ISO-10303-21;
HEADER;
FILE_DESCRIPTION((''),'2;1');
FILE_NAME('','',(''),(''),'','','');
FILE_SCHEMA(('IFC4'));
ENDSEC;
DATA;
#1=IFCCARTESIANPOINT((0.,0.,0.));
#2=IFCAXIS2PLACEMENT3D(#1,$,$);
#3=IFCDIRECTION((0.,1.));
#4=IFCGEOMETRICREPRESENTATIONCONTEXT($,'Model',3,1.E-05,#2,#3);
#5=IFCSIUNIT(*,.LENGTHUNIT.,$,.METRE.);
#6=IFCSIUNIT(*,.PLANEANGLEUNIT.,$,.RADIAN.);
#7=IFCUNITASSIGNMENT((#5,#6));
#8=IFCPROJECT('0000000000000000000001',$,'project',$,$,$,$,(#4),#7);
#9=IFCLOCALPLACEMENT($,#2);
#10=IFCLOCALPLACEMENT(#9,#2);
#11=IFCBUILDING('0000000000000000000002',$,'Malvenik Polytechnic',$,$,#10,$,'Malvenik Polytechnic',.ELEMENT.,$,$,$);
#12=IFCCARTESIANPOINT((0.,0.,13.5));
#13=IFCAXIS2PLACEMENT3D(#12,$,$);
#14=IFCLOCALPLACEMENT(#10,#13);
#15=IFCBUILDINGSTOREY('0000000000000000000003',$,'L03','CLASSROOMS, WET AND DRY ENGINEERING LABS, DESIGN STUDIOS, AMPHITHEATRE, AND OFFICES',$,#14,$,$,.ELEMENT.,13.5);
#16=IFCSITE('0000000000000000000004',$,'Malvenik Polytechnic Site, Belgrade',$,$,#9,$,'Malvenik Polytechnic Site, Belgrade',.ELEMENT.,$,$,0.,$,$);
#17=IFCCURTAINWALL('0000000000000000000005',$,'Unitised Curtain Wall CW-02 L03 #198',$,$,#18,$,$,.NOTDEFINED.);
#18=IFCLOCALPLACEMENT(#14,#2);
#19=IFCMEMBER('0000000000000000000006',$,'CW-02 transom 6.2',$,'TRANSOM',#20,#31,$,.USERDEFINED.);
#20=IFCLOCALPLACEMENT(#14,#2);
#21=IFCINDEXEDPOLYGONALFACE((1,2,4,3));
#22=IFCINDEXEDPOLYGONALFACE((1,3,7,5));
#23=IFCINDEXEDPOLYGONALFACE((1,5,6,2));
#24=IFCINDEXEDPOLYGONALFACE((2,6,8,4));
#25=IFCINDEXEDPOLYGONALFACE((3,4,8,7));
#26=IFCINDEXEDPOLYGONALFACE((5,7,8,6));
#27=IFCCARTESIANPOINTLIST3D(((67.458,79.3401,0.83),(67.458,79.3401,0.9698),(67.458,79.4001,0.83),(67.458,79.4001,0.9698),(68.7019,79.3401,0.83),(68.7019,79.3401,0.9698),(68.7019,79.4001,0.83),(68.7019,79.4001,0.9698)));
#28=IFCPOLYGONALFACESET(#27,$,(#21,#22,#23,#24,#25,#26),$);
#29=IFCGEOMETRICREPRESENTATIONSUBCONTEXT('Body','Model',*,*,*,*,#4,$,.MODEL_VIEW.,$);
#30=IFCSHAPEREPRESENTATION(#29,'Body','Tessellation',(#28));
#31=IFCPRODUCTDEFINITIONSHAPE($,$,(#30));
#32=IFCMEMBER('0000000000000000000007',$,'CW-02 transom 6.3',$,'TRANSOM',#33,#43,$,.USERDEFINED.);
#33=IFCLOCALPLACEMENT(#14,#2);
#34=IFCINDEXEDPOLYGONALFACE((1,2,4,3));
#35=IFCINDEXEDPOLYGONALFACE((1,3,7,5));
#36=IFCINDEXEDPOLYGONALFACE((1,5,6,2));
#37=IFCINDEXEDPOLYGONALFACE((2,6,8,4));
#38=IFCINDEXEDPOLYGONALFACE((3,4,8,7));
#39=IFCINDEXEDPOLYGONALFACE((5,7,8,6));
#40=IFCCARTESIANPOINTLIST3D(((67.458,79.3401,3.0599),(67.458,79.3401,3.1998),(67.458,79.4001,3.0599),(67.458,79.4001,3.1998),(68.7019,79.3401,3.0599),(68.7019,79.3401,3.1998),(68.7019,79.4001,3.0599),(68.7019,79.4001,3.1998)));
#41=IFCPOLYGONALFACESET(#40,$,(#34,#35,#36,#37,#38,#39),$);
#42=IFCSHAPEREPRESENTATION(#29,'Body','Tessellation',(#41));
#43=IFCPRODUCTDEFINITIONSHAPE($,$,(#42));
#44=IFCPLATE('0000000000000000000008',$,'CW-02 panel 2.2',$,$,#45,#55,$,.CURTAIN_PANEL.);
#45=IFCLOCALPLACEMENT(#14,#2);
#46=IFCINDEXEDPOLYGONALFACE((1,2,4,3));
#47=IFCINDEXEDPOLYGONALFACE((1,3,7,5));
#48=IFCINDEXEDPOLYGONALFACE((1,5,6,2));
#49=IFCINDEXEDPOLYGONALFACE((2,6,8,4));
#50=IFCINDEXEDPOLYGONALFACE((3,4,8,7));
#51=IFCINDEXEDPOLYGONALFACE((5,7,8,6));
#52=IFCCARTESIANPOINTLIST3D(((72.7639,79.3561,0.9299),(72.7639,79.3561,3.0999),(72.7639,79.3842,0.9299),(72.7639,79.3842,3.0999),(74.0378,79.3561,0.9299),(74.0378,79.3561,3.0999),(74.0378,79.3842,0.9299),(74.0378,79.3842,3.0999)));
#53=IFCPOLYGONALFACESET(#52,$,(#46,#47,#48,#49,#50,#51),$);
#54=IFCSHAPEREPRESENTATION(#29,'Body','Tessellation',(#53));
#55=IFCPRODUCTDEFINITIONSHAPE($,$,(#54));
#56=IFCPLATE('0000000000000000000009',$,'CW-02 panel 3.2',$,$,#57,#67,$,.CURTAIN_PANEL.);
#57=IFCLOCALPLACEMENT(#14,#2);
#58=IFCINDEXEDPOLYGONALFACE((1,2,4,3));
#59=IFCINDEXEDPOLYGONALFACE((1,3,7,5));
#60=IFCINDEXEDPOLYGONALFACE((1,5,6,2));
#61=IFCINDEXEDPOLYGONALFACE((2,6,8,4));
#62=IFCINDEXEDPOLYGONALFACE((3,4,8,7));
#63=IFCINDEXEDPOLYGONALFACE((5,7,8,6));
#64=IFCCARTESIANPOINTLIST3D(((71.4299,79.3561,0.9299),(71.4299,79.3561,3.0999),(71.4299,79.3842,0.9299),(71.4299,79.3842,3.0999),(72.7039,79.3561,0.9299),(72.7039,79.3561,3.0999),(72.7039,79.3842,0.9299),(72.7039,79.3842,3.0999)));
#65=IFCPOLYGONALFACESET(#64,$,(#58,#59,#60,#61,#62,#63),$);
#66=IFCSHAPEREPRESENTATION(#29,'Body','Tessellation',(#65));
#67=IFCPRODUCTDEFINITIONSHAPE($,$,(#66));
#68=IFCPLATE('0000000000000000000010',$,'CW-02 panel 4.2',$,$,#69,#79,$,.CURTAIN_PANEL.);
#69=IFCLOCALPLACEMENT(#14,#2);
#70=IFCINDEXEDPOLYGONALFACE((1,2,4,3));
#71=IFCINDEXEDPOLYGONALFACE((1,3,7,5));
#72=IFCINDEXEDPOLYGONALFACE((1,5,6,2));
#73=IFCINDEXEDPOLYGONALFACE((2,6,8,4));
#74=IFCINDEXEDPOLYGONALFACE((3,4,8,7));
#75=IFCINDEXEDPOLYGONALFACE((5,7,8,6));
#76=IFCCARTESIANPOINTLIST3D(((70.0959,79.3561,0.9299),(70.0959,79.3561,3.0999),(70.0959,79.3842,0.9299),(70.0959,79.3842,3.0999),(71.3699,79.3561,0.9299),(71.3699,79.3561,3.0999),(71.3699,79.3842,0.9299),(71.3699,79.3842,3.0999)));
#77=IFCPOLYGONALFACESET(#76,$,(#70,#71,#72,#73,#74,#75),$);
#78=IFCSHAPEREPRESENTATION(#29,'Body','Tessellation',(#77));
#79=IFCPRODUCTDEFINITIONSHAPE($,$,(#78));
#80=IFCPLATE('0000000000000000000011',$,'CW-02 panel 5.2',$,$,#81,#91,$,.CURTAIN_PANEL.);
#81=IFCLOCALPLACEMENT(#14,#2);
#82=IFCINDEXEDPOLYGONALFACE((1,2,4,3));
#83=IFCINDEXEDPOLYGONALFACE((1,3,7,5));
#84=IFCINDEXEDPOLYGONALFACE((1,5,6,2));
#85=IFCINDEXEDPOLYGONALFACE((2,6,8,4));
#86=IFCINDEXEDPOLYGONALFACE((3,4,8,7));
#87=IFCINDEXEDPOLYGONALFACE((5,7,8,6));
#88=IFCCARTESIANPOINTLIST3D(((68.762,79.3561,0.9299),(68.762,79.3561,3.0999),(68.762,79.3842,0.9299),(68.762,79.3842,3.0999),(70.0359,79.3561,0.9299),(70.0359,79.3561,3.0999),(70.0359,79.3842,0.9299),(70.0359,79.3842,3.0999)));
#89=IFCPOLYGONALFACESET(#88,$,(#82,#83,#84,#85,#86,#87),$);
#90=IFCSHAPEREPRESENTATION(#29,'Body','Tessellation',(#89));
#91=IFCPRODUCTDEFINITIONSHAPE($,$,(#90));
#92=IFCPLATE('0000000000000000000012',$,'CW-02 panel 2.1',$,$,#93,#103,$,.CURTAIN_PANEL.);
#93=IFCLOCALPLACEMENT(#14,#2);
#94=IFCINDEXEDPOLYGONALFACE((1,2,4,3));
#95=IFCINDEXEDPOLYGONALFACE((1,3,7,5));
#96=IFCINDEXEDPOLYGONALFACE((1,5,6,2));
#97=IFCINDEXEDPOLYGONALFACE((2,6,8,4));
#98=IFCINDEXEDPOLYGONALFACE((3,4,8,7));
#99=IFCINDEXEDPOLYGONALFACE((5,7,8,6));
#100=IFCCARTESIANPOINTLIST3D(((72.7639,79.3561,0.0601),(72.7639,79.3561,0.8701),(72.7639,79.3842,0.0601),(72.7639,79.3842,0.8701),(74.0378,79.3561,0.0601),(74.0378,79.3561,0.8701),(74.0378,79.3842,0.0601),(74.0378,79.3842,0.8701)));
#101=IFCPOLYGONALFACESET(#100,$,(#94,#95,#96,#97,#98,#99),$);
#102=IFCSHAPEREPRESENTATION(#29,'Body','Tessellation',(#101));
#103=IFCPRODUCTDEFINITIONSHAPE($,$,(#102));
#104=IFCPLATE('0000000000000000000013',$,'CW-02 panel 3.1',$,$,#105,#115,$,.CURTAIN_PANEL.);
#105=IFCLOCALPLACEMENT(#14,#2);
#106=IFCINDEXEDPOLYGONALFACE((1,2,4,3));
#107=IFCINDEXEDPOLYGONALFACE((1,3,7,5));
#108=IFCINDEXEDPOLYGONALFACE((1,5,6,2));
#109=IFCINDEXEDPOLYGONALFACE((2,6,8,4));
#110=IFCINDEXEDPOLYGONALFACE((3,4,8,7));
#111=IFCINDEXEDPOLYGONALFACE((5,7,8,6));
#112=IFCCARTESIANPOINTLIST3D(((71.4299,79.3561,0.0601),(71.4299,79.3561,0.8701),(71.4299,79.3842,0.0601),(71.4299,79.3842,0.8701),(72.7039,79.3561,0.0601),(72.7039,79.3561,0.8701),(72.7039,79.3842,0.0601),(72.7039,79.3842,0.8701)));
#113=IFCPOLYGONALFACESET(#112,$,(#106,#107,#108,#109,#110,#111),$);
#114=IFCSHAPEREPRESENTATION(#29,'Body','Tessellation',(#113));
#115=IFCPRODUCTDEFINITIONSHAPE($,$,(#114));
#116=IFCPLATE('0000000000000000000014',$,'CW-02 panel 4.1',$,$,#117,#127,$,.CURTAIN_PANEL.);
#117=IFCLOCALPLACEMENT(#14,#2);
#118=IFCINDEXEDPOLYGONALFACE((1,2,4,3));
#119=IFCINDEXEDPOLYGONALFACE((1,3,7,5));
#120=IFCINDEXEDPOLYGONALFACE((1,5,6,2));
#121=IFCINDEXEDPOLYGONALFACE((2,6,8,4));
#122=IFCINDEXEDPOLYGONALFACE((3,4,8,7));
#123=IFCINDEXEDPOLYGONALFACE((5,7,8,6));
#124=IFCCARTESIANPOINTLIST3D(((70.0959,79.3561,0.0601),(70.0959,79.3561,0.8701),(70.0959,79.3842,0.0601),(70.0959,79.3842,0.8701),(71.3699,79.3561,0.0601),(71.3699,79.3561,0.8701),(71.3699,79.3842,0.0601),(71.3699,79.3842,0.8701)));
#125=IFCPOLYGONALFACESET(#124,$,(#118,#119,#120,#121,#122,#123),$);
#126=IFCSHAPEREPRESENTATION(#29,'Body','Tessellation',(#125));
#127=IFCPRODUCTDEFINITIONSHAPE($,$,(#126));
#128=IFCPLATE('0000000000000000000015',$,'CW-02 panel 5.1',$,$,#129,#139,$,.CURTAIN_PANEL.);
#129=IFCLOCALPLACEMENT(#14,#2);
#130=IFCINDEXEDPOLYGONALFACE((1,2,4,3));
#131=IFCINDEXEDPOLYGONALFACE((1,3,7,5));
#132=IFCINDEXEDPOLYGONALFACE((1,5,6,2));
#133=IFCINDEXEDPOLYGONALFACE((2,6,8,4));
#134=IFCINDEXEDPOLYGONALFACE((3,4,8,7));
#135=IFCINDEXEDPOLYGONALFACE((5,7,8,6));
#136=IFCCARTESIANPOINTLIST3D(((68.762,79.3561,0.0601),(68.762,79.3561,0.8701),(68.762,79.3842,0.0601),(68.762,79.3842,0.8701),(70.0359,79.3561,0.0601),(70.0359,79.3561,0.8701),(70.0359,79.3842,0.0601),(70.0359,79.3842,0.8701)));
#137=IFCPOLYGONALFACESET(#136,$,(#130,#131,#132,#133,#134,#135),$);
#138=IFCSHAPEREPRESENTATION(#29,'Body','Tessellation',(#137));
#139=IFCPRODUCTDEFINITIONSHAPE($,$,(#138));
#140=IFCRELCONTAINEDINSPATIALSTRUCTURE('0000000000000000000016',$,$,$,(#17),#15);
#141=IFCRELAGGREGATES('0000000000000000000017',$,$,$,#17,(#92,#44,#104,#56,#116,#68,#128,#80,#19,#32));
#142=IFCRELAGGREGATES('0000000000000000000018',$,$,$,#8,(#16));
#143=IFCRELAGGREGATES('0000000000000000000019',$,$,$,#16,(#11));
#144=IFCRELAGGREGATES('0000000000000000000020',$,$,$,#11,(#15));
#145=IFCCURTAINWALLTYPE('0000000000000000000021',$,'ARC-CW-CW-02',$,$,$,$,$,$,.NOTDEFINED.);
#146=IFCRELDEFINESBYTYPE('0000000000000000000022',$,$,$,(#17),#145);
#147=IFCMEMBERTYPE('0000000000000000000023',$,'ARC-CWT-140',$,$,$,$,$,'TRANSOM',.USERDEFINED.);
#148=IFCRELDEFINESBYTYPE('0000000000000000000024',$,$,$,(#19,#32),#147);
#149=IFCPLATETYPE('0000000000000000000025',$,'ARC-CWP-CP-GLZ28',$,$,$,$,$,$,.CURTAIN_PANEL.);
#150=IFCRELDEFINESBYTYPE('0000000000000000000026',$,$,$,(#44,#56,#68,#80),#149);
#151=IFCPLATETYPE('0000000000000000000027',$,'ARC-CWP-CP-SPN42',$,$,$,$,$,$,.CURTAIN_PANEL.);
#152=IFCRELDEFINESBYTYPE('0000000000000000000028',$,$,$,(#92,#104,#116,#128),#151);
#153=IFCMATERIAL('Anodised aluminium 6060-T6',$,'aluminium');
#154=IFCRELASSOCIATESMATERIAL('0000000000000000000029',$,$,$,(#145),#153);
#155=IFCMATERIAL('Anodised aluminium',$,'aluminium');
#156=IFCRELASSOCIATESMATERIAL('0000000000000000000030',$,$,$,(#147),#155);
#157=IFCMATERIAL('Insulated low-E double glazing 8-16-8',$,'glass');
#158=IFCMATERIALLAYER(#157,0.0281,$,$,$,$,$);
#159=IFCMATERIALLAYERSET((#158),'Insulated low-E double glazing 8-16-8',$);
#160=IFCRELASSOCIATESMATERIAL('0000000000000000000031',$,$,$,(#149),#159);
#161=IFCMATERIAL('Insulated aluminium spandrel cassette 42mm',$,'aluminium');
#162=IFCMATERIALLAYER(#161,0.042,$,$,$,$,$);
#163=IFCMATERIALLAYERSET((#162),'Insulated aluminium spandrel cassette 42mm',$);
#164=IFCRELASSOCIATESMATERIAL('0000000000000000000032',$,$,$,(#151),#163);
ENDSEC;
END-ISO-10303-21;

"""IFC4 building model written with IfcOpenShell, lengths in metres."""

from ifc_helpers import new_model, si_unit, direction, frame, origin, origin_2d, place, context, subcontext, project, spatial, rectangle, extrude, material, layer, layer_set, material_profile, profile_set, type_object, element, aggregate, save


model = new_model("IFC4")

# Units and contexts
model_context = context("Model", 3, precision=1e-05, world=origin(), true_north=direction((0.0, 1.0)))
body_context = subcontext(model_context, "Body", "Model", "MODEL_VIEW")
ifc_project = project(units=[si_unit("LENGTHUNIT", "METRE"), si_unit("PLANEANGLEUNIT", "RADIAN")], contexts=[model_context])

# Site, building, storey
site_placement = place(None, origin())
site = spatial("IfcSite", under=ifc_project, at=site_placement, Name="Malvenik Polytechnic Site, Belgrade", LongName="Malvenik Polytechnic Site, Belgrade", CompositionType="ELEMENT", RefElevation=0.0)
building_placement = place(site_placement, origin())
building = spatial("IfcBuilding", under=site, at=building_placement, Name="Malvenik Polytechnic", LongName="Malvenik Polytechnic", CompositionType="ELEMENT")
storey_placement = place(building_placement, frame((0.0, 0.0, 13.5)))
storey = spatial("IfcBuildingStorey", under=building, at=storey_placement, Name="L03", Description="CLASSROOMS, WET AND DRY ENGINEERING LABS, DESIGN STUDIOS, AMPHITHEATRE, AND OFFICES", CompositionType="ELEMENT", Elevation=13.5)

# Curtain wall, members, plates
ifc_material_1 = material(Name="Anodised aluminium 6060-T6", Category="aluminium")
curtain_wall_type = type_object("IfcCurtainWallType", Name="ARC-CW-CW-02", PredefinedType="NOTDEFINED", material=ifc_material_1)
curtain_wall_placement = place(storey_placement, origin())
curtain_wall = element("IfcCurtainWall", 1, at=curtain_wall_placement, inside=storey, type_object=curtain_wall_type, Name="Unitised Curtain Wall CW-02 L03 #198", PredefinedType="NOTDEFINED")
ifc_material_2 = material(Name="Anodised aluminium", Category="aluminium")
ifc_material_profile_1 = material_profile(ifc_material_2, rectangle(XDim=0.0601, YDim=0.1399, at=origin_2d()), Name="ALU TRANSOM 60x140")
ifc_profile_set_1 = profile_set([ifc_material_profile_1], Name="Anodised aluminium")
member_type_1 = type_object("IfcMemberType", Name="ARC-CWT-140", ElementType="TRANSOM", PredefinedType="USERDEFINED", material=ifc_profile_set_1)
member_1_placement = place(storey_placement, frame((68.7019, 79.3701, 0.8999), z_axis=(-1.0, 0.0, 0.0), x_axis=(0.0, -1.0, 0.0)))
member_1 = element("IfcMember", 2, at=member_1_placement, type_object=member_type_1, Name="CW-02 transom 6.2", ObjectType="TRANSOM", PredefinedType="USERDEFINED", context=body_context, shape_type="SweptSolid", body=[
    extrude(rectangle(XDim=0.0601, YDim=0.1399, at=origin_2d()), origin(), (0.0, 0.0, 1.0), 1.2439),
])
member_2_placement = place(storey_placement, frame((68.7019, 79.3701, 3.1299), z_axis=(-1.0, 0.0, 0.0), x_axis=(0.0, -1.0, 0.0)))
member_2 = element("IfcMember", 3, at=member_2_placement, type_object=member_type_1, Name="CW-02 transom 6.3", ObjectType="TRANSOM", PredefinedType="USERDEFINED", context=body_context, shape_type="SweptSolid", body=[
    extrude(rectangle(XDim=0.0601, YDim=0.1399, at=origin_2d()), origin(), (0.0, 0.0, 1.0), 1.2439),
])
ifc_material_3 = material(Name="Insulated low-E double glazing 8-16-8", Category="glass")
ifc_layer_1 = layer(ifc_material_3, 0.0281)
ifc_layer_set_1 = layer_set([ifc_layer_1], Name="Insulated low-E double glazing 8-16-8")
plate_type_1 = type_object("IfcPlateType", Name="ARC-CWP-CP-GLZ28", PredefinedType="CURTAIN_PANEL", material=ifc_layer_set_1)
plate_1_placement = place(storey_placement, frame((73.4009, 79.3701, 0.9299), z_axis=(0.0, 0.0, 1.0), x_axis=(-1.0, 0.0, 0.0)))
plate_1 = element("IfcPlate", 4, at=plate_1_placement, type_object=plate_type_1, Name="CW-02 panel 2.2", PredefinedType="CURTAIN_PANEL", context=body_context, shape_type="SweptSolid", body=[
    extrude(rectangle(XDim=1.2739, YDim=0.0281, at=origin_2d()), origin(), (0.0, 0.0, 1.0), 2.1699),
])
plate_2_placement = place(storey_placement, frame((72.0669, 79.3701, 0.9299), z_axis=(0.0, 0.0, 1.0), x_axis=(-1.0, 0.0, 0.0)))
plate_2 = element("IfcPlate", 5, at=plate_2_placement, type_object=plate_type_1, Name="CW-02 panel 3.2", PredefinedType="CURTAIN_PANEL", context=body_context, shape_type="SweptSolid", body=[
    extrude(rectangle(XDim=1.2739, YDim=0.0281, at=origin_2d()), origin(), (0.0, 0.0, 1.0), 2.1699),
])
plate_3_placement = place(storey_placement, frame((70.7329, 79.3701, 0.9299), z_axis=(0.0, 0.0, 1.0), x_axis=(-1.0, 0.0, 0.0)))
plate_3 = element("IfcPlate", 6, at=plate_3_placement, type_object=plate_type_1, Name="CW-02 panel 4.2", PredefinedType="CURTAIN_PANEL", context=body_context, shape_type="SweptSolid", body=[
    extrude(rectangle(XDim=1.2739, YDim=0.0281, at=origin_2d()), origin(), (0.0, 0.0, 1.0), 2.1699),
])
plate_4_placement = place(storey_placement, frame((69.3989, 79.3701, 0.9299), z_axis=(0.0, 0.0, 1.0), x_axis=(-1.0, 0.0, 0.0)))
plate_4 = element("IfcPlate", 7, at=plate_4_placement, type_object=plate_type_1, Name="CW-02 panel 5.2", PredefinedType="CURTAIN_PANEL", context=body_context, shape_type="SweptSolid", body=[
    extrude(rectangle(XDim=1.2739, YDim=0.0281, at=origin_2d()), origin(), (0.0, 0.0, 1.0), 2.1699),
])
ifc_material_4 = material(Name="Insulated aluminium spandrel cassette 42mm", Category="aluminium")
ifc_layer_2 = layer(ifc_material_4, 0.042)
ifc_layer_set_2 = layer_set([ifc_layer_2], Name="Insulated aluminium spandrel cassette 42mm")
plate_type_2 = type_object("IfcPlateType", Name="ARC-CWP-CP-SPN42", PredefinedType="CURTAIN_PANEL", material=ifc_layer_set_2)
plate_5_placement = place(storey_placement, frame((73.4009, 79.3701, 0.0601), z_axis=(0.0, 0.0, 1.0), x_axis=(-1.0, 0.0, 0.0)))
plate_5 = element("IfcPlate", 8, at=plate_5_placement, type_object=plate_type_2, Name="CW-02 panel 2.1", PredefinedType="CURTAIN_PANEL", context=body_context, shape_type="SweptSolid", body=[
    extrude(rectangle(XDim=1.2739, YDim=0.0281, at=origin_2d()), origin(), (0.0, 0.0, 1.0), 0.8101),
])
plate_6_placement = place(storey_placement, frame((72.0669, 79.3701, 0.0601), z_axis=(0.0, 0.0, 1.0), x_axis=(-1.0, 0.0, 0.0)))
plate_6 = element("IfcPlate", 9, at=plate_6_placement, type_object=plate_type_2, Name="CW-02 panel 3.1", PredefinedType="CURTAIN_PANEL", context=body_context, shape_type="SweptSolid", body=[
    extrude(rectangle(XDim=1.2739, YDim=0.0281, at=origin_2d()), origin(), (0.0, 0.0, 1.0), 0.8101),
])
plate_7_placement = place(storey_placement, frame((70.7329, 79.3701, 0.0601), z_axis=(0.0, 0.0, 1.0), x_axis=(-1.0, 0.0, 0.0)))
plate_7 = element("IfcPlate", 10, at=plate_7_placement, type_object=plate_type_2, Name="CW-02 panel 4.1", PredefinedType="CURTAIN_PANEL", context=body_context, shape_type="SweptSolid", body=[
    extrude(rectangle(XDim=1.2739, YDim=0.0281, at=origin_2d()), origin(), (0.0, 0.0, 1.0), 0.8101),
])
plate_8_placement = place(storey_placement, frame((69.3989, 79.3701, 0.0601), z_axis=(0.0, 0.0, 1.0), x_axis=(-1.0, 0.0, 0.0)))
plate_8 = element("IfcPlate", 11, at=plate_8_placement, type_object=plate_type_2, Name="CW-02 panel 5.1", PredefinedType="CURTAIN_PANEL", context=body_context, shape_type="SweptSolid", body=[
    extrude(rectangle(XDim=1.2739, YDim=0.0281, at=origin_2d()), origin(), (0.0, 0.0, 1.0), 0.8101),
])
aggregate(curtain_wall, [plate_5, plate_1, plate_6, plate_2, plate_7, plate_3, plate_8, plate_4, member_1, member_2])

save(model, "model.ifc")
